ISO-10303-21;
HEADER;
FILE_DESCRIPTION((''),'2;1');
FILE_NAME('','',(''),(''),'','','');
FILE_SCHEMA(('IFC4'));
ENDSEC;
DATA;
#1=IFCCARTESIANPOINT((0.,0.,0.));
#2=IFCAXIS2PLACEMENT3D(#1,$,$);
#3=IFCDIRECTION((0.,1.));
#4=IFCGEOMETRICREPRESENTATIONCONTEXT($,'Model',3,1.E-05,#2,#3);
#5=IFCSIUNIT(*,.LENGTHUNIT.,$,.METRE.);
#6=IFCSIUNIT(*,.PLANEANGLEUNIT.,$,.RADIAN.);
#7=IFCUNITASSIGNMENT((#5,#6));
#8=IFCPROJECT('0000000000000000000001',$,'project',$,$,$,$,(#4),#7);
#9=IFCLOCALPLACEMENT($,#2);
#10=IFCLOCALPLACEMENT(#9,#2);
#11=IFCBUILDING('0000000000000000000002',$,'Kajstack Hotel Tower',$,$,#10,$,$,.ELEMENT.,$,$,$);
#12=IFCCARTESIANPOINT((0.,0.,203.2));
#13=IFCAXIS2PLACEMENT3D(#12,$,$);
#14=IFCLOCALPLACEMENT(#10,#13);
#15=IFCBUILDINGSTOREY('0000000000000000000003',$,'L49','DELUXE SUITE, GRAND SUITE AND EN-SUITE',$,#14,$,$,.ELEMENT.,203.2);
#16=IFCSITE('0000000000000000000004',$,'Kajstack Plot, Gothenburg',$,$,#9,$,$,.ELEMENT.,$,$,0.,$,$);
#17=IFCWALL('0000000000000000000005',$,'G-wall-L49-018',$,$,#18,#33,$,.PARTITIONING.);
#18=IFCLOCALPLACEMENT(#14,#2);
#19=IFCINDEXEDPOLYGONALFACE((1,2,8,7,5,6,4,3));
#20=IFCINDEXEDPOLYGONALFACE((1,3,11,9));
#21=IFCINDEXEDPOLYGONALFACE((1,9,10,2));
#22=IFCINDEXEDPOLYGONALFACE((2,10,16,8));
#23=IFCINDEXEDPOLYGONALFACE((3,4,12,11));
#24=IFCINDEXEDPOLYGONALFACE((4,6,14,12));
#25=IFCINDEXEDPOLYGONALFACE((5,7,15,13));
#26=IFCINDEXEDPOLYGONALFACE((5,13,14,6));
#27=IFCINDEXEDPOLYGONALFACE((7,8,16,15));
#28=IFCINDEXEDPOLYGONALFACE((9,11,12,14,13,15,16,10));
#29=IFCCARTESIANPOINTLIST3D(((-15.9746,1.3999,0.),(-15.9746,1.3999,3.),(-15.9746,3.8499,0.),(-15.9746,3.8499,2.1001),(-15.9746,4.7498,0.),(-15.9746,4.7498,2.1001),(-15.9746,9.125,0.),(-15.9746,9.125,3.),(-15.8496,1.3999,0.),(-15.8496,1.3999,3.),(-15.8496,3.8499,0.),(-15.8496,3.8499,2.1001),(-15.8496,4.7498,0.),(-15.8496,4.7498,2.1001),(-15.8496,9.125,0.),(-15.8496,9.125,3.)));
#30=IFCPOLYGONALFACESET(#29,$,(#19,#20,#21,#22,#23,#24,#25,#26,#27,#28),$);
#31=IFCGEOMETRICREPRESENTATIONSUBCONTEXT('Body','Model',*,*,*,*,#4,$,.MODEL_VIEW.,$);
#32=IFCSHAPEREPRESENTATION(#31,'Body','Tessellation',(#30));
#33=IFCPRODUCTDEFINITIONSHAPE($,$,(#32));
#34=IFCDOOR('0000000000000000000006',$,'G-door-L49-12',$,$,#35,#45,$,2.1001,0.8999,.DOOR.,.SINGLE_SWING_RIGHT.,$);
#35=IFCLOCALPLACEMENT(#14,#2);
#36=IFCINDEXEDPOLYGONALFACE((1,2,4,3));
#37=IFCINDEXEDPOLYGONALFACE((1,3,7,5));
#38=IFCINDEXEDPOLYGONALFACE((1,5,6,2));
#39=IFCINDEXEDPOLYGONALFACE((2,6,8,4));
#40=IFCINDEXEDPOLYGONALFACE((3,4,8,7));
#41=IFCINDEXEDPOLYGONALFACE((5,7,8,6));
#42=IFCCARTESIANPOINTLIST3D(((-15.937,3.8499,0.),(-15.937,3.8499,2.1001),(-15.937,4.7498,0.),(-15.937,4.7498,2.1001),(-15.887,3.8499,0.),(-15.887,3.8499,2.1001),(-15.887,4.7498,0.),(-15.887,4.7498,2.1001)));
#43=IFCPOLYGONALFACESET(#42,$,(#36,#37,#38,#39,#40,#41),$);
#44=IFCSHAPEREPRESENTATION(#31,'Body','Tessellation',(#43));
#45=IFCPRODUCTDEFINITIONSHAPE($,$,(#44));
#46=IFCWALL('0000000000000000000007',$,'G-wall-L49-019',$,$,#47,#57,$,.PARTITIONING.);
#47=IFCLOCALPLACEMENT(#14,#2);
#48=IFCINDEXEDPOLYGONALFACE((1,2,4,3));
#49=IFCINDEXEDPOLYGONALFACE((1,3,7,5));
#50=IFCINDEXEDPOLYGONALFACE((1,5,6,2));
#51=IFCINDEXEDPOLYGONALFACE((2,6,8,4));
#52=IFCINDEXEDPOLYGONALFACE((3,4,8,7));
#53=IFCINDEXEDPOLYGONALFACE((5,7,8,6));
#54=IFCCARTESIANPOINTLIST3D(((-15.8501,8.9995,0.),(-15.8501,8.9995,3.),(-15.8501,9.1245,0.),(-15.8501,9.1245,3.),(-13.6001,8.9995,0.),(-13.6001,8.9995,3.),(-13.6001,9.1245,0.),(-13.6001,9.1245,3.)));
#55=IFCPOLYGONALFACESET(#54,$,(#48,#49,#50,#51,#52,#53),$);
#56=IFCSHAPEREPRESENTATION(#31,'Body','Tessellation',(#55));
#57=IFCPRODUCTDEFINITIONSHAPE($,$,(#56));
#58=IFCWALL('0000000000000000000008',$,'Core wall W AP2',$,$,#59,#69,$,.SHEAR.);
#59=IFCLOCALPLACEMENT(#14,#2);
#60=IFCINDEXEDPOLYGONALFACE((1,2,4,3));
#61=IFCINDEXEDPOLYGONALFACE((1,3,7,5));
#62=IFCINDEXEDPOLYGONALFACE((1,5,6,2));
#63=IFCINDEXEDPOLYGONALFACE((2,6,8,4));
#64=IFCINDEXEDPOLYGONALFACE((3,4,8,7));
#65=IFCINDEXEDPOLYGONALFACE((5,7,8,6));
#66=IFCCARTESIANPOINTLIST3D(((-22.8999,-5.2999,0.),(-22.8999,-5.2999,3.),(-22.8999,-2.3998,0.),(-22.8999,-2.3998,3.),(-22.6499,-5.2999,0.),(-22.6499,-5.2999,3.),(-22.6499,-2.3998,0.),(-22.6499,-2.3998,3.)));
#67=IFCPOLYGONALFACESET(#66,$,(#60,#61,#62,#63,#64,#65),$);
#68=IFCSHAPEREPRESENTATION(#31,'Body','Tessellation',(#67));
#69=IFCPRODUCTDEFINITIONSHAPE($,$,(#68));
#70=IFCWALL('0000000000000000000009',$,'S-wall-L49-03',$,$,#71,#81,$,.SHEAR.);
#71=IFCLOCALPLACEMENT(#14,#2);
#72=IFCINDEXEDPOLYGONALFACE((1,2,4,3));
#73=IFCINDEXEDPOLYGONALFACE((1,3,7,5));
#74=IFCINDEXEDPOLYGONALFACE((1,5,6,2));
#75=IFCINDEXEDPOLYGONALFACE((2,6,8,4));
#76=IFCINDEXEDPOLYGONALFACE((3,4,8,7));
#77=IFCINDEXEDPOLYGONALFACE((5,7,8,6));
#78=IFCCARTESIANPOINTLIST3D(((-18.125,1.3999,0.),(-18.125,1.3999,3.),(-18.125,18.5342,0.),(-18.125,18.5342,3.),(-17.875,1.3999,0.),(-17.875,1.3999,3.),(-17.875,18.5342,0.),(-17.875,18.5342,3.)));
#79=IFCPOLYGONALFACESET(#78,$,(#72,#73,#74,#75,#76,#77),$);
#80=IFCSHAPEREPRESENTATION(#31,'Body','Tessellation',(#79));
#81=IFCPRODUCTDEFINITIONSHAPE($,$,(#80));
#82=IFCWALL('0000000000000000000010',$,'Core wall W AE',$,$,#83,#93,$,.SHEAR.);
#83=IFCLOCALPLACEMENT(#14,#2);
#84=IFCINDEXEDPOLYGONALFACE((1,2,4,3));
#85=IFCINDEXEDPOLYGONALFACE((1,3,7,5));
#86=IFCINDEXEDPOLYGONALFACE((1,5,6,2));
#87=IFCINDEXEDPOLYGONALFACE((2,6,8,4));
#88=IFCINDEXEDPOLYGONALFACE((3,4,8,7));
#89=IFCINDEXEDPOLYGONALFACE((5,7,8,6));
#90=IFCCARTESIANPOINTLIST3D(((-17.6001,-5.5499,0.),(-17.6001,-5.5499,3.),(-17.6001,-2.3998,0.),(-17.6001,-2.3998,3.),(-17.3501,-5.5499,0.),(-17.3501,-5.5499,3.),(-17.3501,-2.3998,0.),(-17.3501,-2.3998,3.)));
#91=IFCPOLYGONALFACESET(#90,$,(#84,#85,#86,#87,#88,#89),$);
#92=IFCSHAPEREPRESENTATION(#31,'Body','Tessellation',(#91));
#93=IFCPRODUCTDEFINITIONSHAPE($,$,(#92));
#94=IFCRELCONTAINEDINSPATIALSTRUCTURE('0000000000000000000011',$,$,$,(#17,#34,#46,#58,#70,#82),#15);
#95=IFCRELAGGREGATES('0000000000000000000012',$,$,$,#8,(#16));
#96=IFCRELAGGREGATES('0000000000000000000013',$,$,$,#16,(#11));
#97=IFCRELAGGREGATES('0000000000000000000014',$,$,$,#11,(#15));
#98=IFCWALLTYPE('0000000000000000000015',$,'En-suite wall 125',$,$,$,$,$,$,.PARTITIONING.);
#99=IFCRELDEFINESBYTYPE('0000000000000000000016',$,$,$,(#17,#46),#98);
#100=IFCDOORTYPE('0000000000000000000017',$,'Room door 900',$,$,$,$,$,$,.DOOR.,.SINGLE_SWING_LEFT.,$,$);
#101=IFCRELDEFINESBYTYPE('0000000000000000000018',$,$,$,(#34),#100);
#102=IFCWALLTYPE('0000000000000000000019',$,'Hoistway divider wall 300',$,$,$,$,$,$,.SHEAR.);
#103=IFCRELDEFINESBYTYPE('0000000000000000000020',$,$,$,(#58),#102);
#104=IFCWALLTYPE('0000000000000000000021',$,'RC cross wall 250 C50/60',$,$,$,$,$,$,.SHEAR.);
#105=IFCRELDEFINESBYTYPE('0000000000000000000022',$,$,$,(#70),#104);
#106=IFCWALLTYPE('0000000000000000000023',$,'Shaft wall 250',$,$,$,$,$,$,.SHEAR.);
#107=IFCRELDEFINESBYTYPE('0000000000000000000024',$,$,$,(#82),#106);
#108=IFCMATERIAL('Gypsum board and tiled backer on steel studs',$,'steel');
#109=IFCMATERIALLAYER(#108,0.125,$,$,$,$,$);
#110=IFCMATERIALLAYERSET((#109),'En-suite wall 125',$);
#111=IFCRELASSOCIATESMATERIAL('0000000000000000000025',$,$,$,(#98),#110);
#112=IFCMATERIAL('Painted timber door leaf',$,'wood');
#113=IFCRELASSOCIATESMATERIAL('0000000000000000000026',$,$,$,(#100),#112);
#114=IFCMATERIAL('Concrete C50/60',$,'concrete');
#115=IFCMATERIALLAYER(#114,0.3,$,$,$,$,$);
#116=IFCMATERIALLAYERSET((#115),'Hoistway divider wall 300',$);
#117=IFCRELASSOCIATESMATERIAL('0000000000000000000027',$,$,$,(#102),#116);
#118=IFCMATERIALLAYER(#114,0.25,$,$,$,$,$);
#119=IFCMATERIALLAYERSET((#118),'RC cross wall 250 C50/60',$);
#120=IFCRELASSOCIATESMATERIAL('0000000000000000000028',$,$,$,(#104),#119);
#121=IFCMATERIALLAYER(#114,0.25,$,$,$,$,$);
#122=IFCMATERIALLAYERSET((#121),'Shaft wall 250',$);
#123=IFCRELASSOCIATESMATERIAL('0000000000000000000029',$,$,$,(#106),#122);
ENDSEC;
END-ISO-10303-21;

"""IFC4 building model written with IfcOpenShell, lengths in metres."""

from ifc_helpers import new_model, si_unit, direction, frame, frame_2d, origin, place, context, subcontext, project, spatial, rectangle, extrude, material, layer, layer_set, type_object, element, fill, save


model = new_model("IFC4")

# Units and contexts
model_context = context("Model", 3, precision=1e-05, world=origin(), true_north=direction((0.0, 1.0)))
body_context = subcontext(model_context, "Body", "Model", "MODEL_VIEW")
ifc_project = project(units=[si_unit("LENGTHUNIT", "METRE"), si_unit("PLANEANGLEUNIT", "RADIAN")], contexts=[model_context])

# Site, building, storey
site_placement = place(None, origin())
site = spatial("IfcSite", under=ifc_project, at=site_placement, Name="Kajstack Plot, Gothenburg", CompositionType="ELEMENT", RefElevation=0.0)
building_placement = place(site_placement, origin())
building = spatial("IfcBuilding", under=site, at=building_placement, Name="Kajstack Hotel Tower", CompositionType="ELEMENT")
storey_placement = place(building_placement, frame((0.0, 0.0, 203.2)))
storey = spatial("IfcBuildingStorey", under=building, at=storey_placement, Name="L49", Description="DELUXE SUITE, GRAND SUITE AND EN-SUITE", CompositionType="ELEMENT", Elevation=203.2)

# Shared definitions
ifc_material_1 = material(Name="Gypsum board and tiled backer on steel studs", Category="steel")
ifc_layer_1 = layer(ifc_material_1, 0.125)
ifc_layer_set_1 = layer_set([ifc_layer_1], Name="En-suite wall 125")
wall_type_1 = type_object("IfcWallType", Name="En-suite wall 125", PredefinedType="PARTITIONING", material=ifc_layer_set_1)
ifc_material_2 = material(Name="Painted timber door leaf", Category="wood")
door_type_1 = type_object("IfcDoorType", Name="Room door 900", OperationType="SINGLE_SWING_LEFT", PredefinedType="DOOR", material=ifc_material_2)

# Wall, opening, door
wall_1_placement = place(storey_placement, frame((-15.9121, 1.3999, 0.0), z_axis=(0.0, 0.0, 1.0), x_axis=(0.0, 1.0, 0.0)))
wall_1 = element("IfcWall", 1, at=wall_1_placement, inside=storey, type_object=wall_type_1, Name="G-wall-L49-018", PredefinedType="PARTITIONING", context=body_context, shape_type="SweptSolid", body=[
    extrude(rectangle(XDim=7.7251, YDim=0.125, at=frame_2d((3.8625, 0.0))), origin(), (0.0, 0.0, 1.0), 3.0),
])
opening_1_placement = place(wall_1_placement, frame((2.45, 0.0, 0.0)))
opening_1 = element("IfcOpeningElement", 2, at=opening_1_placement, cuts=wall_1, PredefinedType="OPENING", context=body_context, shape_type="SweptSolid", body=[
    extrude(rectangle(XDim=0.8999, YDim=2.1001, at=frame_2d((0.45, 1.05))), frame((0.0, 0.0725, 0.0), z_axis=(0.0, -1.0, 0.0), x_axis=(1.0, 0.0, 0.0)), (0.0, 0.0, 1.0), 0.145),
])
door_1_placement = place(opening_1_placement, origin())
door_1 = element("IfcDoor", 3, at=door_1_placement, inside=storey, type_object=door_type_1, Name="G-door-L49-12", OperationType="SINGLE_SWING_RIGHT", OverallHeight=2.1001, OverallWidth=0.8999, PredefinedType="DOOR", context=body_context, shape_type="SweptSolid", body=[
    extrude(rectangle(XDim=0.8999, YDim=2.1001, at=frame_2d((0.45, 1.05))), frame((0.0, 0.0249, 0.0), z_axis=(0.0, -1.0, 0.0), x_axis=(1.0, 0.0, 0.0)), (0.0, 0.0, 1.0), 0.05),
])
fill(opening_1, door_1)

# Walls
wall_2_placement = place(storey_placement, frame((-15.8501, 9.062, 0.0), z_axis=(0.0, 0.0, 1.0), x_axis=(1.0, 0.0, 0.0)))
element("IfcWall", 4, at=wall_2_placement, inside=storey, type_object=wall_type_1, Name="G-wall-L49-019", PredefinedType="PARTITIONING", context=body_context, shape_type="SweptSolid", body=[
    extrude(rectangle(XDim=2.25, YDim=0.125, at=frame_2d((1.125, 0.0))), origin(), (0.0, 0.0, 1.0), 3.0),
])
ifc_material_3 = material(Name="Concrete C50/60", Category="concrete")
ifc_layer_2 = layer(ifc_material_3, 0.3)
ifc_layer_set_2 = layer_set([ifc_layer_2], Name="Hoistway divider wall 300")
wall_type_2 = type_object("IfcWallType", Name="Hoistway divider wall 300", PredefinedType="SHEAR", material=ifc_layer_set_2)
wall_3_placement = place(storey_placement, frame((-22.7749, -5.3, 0.0), z_axis=(0.0, 0.0, 1.0), x_axis=(0.0, 1.0, 0.0)))
element("IfcWall", 5, at=wall_3_placement, inside=storey, type_object=wall_type_2, Name="Core wall W AP2", PredefinedType="SHEAR", context=body_context, shape_type="SweptSolid", body=[
    extrude(rectangle(XDim=2.9001, YDim=0.25, at=frame_2d((1.4502, 0.0))), origin(), (0.0, 0.0, 1.0), 3.0),
])
ifc_layer_3 = layer(ifc_material_3, 0.25)
ifc_layer_set_3 = layer_set([ifc_layer_3], Name="RC cross wall 250 C50/60")
wall_type_3 = type_object("IfcWallType", Name="RC cross wall 250 C50/60", PredefinedType="SHEAR", material=ifc_layer_set_3)
wall_4_placement = place(storey_placement, frame((-18.0, 1.3999, 0.0), z_axis=(0.0, 0.0, 1.0), x_axis=(0.0, 1.0, 0.0)))
element("IfcWall", 6, at=wall_4_placement, inside=storey, type_object=wall_type_3, Name="S-wall-L49-03", PredefinedType="SHEAR", context=body_context, shape_type="SweptSolid", body=[
    extrude(rectangle(XDim=17.1343, YDim=0.25, at=frame_2d((8.5671, 0.0))), origin(), (0.0, 0.0, 1.0), 3.0),
])
ifc_layer_4 = layer(ifc_material_3, 0.25)
ifc_layer_set_4 = layer_set([ifc_layer_4], Name="Shaft wall 250")
wall_type_4 = type_object("IfcWallType", Name="Shaft wall 250", PredefinedType="SHEAR", material=ifc_layer_set_4)
wall_5_placement = place(storey_placement, frame((-17.4751, -5.55, 0.0), z_axis=(0.0, 0.0, 1.0), x_axis=(0.0, 1.0, 0.0)))
element("IfcWall", 7, at=wall_5_placement, inside=storey, type_object=wall_type_4, Name="Core wall W AE", PredefinedType="SHEAR", context=body_context, shape_type="SweptSolid", body=[
    extrude(rectangle(XDim=3.1501, YDim=0.25, at=frame_2d((1.5752, 0.0))), origin(), (0.0, 0.0, 1.0), 3.0),
])

save(model, "model.ifc")
